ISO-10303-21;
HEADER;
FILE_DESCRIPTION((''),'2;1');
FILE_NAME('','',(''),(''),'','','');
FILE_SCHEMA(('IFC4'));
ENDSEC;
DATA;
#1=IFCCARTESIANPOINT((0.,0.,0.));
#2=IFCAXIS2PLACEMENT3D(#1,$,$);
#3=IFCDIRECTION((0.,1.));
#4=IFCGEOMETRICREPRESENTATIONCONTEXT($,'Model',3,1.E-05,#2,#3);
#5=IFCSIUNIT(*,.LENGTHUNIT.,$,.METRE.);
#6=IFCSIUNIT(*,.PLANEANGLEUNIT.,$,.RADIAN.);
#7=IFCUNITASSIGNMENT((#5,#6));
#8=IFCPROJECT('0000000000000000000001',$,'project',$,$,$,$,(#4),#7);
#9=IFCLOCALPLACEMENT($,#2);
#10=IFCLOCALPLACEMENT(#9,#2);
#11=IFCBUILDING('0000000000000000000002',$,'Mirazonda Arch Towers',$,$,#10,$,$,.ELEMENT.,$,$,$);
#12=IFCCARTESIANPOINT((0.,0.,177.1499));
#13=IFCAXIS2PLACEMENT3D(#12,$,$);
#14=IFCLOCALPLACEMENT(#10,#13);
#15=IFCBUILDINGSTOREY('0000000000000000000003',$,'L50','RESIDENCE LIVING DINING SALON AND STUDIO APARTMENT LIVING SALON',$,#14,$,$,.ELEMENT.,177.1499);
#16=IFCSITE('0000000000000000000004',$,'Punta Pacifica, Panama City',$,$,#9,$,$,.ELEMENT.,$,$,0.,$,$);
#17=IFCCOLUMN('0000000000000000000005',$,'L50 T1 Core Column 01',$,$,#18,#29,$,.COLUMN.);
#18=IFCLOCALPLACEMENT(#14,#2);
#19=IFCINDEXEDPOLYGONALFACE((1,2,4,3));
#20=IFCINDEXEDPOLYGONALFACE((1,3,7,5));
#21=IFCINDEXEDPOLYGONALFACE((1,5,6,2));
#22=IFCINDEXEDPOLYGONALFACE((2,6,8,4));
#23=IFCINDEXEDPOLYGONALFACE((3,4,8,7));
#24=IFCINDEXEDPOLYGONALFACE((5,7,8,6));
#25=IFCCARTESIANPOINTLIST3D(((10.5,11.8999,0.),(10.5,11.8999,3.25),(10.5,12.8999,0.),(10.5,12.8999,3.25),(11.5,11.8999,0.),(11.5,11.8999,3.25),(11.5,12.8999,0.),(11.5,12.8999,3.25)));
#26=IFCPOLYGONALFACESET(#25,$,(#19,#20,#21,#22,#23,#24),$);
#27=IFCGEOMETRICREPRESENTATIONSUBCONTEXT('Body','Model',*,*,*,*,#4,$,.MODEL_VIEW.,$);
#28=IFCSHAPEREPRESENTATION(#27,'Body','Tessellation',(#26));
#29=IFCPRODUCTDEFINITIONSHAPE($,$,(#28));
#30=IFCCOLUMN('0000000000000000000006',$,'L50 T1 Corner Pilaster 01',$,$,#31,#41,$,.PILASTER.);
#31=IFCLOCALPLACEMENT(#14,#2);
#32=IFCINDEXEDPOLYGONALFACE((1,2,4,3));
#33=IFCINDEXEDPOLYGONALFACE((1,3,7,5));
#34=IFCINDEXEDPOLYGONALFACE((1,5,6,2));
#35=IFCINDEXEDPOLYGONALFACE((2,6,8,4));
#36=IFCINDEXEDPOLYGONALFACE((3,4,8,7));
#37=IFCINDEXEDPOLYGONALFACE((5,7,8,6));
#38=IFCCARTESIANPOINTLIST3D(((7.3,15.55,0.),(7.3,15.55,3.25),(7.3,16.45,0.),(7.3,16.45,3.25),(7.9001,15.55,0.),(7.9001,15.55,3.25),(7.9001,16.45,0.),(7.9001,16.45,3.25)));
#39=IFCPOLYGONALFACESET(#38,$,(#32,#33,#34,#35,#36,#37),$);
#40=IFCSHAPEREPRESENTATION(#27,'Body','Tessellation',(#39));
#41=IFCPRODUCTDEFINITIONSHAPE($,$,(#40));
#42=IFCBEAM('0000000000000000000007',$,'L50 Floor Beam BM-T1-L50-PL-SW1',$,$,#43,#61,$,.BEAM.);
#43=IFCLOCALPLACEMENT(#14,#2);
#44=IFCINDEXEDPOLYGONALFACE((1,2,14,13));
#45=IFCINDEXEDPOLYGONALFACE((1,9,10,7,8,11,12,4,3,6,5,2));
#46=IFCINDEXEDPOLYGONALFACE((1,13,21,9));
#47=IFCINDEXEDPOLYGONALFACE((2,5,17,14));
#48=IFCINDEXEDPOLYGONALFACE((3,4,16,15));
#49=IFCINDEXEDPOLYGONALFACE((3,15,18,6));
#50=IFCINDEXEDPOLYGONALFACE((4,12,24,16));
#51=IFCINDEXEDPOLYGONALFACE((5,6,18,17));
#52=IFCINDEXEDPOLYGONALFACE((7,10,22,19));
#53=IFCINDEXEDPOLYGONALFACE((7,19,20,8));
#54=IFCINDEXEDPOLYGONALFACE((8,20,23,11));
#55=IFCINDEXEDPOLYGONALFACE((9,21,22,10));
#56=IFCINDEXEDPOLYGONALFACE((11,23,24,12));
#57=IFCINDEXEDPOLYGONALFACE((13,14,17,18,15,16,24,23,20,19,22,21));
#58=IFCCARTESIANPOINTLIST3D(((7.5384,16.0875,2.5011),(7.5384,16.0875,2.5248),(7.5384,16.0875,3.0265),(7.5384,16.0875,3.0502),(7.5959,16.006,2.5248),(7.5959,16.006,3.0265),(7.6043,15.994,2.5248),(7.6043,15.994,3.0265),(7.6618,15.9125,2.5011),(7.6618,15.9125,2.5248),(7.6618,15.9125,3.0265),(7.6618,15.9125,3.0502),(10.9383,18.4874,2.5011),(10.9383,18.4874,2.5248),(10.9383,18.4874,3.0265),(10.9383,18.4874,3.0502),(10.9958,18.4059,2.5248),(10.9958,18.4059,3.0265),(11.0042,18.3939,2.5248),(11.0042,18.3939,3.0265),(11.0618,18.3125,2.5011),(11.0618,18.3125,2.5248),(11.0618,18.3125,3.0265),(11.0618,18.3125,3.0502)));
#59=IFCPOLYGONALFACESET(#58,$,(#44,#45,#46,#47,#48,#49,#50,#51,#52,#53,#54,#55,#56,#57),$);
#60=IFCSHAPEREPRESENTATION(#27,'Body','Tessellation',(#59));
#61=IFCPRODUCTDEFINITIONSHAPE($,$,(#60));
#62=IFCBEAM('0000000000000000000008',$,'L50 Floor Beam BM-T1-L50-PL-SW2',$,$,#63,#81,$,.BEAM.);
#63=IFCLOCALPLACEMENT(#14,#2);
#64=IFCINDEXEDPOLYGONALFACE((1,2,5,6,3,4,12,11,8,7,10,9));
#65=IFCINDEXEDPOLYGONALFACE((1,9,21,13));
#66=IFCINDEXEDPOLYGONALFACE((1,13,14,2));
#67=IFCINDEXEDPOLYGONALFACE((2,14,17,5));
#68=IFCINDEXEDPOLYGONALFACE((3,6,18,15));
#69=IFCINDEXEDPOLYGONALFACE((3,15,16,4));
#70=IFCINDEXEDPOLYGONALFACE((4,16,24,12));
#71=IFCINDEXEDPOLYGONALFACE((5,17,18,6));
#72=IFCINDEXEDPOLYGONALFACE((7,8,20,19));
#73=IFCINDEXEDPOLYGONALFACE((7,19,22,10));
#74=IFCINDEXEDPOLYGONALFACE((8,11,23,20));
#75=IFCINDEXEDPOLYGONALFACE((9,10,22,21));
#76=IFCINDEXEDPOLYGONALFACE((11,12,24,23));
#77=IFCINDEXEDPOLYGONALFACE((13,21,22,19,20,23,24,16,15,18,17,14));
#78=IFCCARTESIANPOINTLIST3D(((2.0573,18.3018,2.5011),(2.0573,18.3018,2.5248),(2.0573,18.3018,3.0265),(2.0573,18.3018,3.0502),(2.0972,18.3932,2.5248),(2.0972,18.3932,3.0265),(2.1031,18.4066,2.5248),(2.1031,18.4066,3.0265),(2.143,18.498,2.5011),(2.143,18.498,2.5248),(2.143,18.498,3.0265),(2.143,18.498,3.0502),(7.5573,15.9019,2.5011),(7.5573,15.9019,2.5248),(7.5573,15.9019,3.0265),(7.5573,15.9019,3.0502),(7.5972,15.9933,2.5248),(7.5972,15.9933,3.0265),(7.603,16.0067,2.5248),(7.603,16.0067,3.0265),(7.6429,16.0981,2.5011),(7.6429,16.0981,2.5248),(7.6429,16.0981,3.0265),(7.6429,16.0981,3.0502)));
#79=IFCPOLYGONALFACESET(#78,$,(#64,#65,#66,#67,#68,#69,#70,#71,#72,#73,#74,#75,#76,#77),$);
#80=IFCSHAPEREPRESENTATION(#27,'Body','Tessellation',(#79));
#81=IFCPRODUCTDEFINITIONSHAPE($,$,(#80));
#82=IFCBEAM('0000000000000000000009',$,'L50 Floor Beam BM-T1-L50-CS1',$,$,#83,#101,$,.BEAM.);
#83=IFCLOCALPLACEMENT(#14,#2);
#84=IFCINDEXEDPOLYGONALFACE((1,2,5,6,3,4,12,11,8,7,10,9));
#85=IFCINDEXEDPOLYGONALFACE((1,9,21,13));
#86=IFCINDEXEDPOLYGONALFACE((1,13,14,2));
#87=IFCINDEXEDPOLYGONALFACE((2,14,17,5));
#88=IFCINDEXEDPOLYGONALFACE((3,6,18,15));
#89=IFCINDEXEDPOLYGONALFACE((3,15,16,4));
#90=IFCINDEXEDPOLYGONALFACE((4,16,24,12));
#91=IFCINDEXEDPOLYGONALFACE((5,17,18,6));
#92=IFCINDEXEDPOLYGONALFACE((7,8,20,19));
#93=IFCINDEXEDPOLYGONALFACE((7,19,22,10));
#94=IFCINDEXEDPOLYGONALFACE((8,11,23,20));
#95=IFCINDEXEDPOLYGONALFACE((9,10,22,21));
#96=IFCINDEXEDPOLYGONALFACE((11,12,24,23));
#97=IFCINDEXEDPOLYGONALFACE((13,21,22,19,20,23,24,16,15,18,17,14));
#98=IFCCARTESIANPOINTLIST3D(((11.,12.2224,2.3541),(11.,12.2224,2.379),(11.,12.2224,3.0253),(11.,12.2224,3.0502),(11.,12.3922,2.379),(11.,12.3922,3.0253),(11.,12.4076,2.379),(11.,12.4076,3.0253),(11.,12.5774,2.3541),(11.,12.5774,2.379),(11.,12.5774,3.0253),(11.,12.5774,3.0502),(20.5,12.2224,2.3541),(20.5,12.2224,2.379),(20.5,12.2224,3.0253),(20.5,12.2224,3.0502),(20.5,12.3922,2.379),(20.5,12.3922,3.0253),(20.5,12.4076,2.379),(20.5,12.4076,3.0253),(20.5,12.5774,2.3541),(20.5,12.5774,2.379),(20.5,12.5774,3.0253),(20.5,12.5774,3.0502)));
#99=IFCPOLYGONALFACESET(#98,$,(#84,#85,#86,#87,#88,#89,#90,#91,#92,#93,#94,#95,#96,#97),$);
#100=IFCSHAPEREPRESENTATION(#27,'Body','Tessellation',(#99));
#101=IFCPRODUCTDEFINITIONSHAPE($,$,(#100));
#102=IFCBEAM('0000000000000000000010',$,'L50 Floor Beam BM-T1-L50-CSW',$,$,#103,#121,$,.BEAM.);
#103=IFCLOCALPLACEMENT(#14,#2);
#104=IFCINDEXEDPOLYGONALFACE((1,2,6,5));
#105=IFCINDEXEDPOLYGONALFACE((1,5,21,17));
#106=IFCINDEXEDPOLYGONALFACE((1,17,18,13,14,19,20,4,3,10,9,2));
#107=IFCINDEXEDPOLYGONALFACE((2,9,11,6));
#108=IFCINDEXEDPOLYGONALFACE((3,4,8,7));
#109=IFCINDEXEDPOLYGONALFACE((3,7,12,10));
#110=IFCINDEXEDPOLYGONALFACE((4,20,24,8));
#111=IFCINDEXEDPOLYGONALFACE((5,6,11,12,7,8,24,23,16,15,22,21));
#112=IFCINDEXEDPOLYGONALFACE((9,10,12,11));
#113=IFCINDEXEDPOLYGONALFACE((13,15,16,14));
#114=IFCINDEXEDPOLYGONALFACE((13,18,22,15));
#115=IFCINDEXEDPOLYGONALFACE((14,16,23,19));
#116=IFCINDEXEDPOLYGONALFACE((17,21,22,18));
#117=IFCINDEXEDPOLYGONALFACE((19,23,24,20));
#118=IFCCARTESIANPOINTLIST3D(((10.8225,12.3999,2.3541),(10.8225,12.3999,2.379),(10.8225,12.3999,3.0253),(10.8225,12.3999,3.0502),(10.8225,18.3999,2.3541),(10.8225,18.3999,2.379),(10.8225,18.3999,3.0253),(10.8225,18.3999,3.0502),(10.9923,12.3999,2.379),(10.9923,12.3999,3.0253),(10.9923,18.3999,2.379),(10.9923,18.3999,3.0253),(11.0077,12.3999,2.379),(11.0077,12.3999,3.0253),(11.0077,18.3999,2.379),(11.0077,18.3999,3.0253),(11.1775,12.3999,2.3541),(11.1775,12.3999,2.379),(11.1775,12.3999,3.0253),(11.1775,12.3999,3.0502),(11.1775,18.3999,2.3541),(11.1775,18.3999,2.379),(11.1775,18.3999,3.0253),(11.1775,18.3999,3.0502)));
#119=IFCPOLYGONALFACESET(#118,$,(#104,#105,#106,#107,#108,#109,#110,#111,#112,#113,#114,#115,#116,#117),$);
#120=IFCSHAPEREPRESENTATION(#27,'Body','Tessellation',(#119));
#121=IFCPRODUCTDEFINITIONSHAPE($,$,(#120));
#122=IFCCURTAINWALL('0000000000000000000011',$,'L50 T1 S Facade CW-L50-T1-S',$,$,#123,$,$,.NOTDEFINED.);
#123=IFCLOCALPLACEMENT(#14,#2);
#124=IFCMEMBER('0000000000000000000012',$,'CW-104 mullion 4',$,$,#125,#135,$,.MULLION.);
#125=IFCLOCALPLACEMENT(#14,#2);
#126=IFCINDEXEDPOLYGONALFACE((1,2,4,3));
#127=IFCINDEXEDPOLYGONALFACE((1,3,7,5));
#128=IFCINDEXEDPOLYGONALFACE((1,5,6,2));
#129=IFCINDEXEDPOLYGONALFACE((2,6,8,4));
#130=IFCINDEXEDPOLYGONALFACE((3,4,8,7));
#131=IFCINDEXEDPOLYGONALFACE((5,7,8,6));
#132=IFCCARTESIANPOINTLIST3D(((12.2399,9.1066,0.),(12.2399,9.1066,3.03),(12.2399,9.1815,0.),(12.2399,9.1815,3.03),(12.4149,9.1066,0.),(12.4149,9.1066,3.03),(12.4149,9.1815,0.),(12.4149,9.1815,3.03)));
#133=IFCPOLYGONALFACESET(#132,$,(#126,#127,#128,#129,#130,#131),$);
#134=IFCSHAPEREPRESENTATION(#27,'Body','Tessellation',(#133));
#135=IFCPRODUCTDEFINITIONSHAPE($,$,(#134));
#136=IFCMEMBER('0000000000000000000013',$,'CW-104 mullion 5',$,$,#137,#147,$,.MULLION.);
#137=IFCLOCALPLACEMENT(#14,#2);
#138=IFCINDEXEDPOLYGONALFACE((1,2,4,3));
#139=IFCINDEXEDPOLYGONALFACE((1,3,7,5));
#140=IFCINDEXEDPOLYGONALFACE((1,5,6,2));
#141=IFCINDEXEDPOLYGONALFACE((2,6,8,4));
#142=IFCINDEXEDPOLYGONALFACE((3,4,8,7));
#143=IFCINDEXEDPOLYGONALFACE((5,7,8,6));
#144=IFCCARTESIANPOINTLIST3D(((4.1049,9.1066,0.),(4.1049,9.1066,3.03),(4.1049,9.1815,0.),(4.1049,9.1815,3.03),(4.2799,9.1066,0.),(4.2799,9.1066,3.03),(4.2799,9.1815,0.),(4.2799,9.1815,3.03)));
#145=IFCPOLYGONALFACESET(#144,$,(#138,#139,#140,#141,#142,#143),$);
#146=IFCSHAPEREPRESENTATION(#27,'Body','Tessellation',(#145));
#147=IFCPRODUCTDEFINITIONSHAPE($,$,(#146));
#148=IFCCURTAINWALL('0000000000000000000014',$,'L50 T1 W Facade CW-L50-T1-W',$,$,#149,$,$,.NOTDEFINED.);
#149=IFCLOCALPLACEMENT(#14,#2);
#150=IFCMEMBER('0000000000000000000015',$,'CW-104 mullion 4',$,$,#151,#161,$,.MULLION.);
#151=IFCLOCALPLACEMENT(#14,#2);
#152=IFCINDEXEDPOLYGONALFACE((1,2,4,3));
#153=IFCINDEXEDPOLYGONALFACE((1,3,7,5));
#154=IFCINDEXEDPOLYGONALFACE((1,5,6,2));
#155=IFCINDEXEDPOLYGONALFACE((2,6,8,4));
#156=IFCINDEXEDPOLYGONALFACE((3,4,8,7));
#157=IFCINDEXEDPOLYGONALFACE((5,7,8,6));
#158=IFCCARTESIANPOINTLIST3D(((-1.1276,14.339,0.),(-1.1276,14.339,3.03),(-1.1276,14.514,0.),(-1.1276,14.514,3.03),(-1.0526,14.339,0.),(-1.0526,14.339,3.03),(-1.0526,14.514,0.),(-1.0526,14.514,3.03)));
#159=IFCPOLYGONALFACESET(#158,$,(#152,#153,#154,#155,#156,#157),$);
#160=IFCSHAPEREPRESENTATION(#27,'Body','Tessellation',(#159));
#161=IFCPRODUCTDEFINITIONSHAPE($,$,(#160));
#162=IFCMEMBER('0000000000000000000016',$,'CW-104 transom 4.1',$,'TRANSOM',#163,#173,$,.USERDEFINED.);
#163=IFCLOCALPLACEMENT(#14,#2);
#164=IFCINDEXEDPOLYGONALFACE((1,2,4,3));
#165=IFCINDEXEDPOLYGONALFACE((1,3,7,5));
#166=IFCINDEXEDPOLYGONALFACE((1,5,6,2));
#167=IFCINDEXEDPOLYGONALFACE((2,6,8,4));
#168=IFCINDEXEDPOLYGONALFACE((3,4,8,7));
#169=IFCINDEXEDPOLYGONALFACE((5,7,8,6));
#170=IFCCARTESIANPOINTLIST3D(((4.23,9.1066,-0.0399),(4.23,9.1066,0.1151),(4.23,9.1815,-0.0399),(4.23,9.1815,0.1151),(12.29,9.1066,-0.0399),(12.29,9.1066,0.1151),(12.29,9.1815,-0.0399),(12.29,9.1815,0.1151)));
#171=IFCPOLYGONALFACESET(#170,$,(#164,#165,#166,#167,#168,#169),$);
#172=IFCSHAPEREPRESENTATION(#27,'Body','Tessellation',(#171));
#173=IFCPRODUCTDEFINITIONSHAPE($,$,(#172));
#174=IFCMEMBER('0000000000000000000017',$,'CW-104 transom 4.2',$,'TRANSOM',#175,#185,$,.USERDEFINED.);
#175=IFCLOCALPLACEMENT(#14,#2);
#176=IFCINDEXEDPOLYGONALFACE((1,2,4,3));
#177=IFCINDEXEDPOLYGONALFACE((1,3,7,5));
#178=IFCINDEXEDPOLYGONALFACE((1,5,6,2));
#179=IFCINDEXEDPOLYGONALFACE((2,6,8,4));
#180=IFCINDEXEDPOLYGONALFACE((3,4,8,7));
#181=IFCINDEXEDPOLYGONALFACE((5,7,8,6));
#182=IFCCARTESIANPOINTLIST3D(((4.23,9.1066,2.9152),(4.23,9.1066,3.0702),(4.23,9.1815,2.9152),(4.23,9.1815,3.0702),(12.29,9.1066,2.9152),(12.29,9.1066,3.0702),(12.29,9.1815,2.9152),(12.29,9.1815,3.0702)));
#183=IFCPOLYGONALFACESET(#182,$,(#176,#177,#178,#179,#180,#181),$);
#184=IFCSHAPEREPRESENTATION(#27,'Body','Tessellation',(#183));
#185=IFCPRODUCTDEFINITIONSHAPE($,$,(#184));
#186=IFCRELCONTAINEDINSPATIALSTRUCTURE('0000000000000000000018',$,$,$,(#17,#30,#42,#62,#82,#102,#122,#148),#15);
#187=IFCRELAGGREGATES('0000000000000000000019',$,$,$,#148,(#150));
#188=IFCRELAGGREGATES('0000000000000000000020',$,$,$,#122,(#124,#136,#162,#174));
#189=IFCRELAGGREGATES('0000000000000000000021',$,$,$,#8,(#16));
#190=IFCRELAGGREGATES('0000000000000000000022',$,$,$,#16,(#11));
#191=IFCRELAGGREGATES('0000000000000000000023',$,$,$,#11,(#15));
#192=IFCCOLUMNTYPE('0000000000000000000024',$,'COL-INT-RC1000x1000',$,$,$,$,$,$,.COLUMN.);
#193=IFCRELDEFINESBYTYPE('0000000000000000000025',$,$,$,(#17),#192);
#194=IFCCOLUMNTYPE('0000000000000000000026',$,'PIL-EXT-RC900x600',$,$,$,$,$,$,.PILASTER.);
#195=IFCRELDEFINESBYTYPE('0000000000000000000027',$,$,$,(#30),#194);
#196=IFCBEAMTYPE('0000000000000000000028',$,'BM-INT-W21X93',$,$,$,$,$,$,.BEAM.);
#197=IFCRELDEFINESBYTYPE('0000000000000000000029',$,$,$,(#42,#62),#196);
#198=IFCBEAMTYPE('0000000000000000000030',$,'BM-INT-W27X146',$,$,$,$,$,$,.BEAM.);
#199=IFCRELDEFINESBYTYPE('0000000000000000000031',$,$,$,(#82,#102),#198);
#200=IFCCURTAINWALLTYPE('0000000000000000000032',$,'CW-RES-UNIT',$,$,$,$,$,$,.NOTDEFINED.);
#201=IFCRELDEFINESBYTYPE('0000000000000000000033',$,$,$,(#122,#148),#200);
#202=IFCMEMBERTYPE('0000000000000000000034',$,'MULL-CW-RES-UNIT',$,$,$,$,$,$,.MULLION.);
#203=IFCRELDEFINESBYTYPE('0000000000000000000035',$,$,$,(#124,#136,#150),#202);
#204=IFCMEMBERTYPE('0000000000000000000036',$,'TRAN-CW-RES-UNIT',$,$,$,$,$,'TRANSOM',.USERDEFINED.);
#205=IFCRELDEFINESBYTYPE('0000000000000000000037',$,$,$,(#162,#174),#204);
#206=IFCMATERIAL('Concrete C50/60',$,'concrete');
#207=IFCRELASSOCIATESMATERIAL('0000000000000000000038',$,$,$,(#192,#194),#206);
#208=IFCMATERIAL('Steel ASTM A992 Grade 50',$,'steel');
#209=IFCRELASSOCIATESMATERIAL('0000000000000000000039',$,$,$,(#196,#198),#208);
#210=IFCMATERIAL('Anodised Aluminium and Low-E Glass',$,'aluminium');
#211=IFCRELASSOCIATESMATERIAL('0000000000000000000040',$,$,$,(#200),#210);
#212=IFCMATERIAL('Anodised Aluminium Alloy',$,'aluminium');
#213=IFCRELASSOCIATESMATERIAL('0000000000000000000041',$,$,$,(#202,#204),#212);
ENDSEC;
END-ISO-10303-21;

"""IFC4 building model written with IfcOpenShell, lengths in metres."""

from ifc_helpers import new_model, si_unit, direction, frame, origin, origin_2d, place, context, subcontext, project, spatial, rectangle, i_section, extrude, material, material_profile, profile_set, type_object, element, aggregate, save


model = new_model("IFC4")

# Units and contexts
model_context = context("Model", 3, precision=1e-05, world=origin(), true_north=direction((0.0, 1.0)))
body_context = subcontext(model_context, "Body", "Model", "MODEL_VIEW")
ifc_project = project(units=[si_unit("LENGTHUNIT", "METRE"), si_unit("PLANEANGLEUNIT", "RADIAN")], contexts=[model_context])

# Site, building, storey
site_placement = place(None, origin())
site = spatial("IfcSite", under=ifc_project, at=site_placement, Name="Punta Pacifica, Panama City", CompositionType="ELEMENT", RefElevation=0.0)
building_placement = place(site_placement, origin())
building = spatial("IfcBuilding", under=site, at=building_placement, Name="Mirazonda Arch Towers", CompositionType="ELEMENT")
storey_placement = place(building_placement, frame((0.0, 0.0, 177.1499)))
storey = spatial("IfcBuildingStorey", under=building, at=storey_placement, Name="L50", Description="RESIDENCE LIVING DINING SALON AND STUDIO APARTMENT LIVING SALON", CompositionType="ELEMENT", Elevation=177.1499)

# Columns
ifc_material_1 = material(Name="Concrete C50/60", Category="concrete")
ifc_material_profile_1 = material_profile(ifc_material_1, rectangle(XDim=1.0, YDim=1.0, at=origin_2d()), Name="RC1000x1000")
ifc_profile_set_1 = profile_set([ifc_material_profile_1], Name="Concrete C50/60")
column_type_1 = type_object("IfcColumnType", Name="COL-INT-RC1000x1000", PredefinedType="COLUMN", material=ifc_profile_set_1)
column_1_placement = place(storey_placement, frame((11.0, 12.3999, 0.0), z_axis=(0.0, 0.0, 1.0), x_axis=(1.0, 0.0, 0.0)))
element("IfcColumn", 1, at=column_1_placement, inside=storey, type_object=column_type_1, Name="L50 T1 Core Column 01", PredefinedType="COLUMN", context=body_context, shape_type="SweptSolid", body=[
    extrude(rectangle(XDim=1.0, YDim=1.0, at=origin_2d()), origin(), (0.0, 0.0, 1.0), 3.25),
])
ifc_material_profile_2 = material_profile(ifc_material_1, rectangle(XDim=0.6001, YDim=0.8999, at=origin_2d()), Name="RC900x600")
ifc_profile_set_2 = profile_set([ifc_material_profile_2], Name="Concrete C50/60")
column_type_2 = type_object("IfcColumnType", Name="PIL-EXT-RC900x600", PredefinedType="PILASTER", material=ifc_profile_set_2)
column_2_placement = place(storey_placement, frame((7.6001, 16.0, 0.0), z_axis=(0.0, 0.0, 1.0), x_axis=(1.0, 0.0, 0.0)))
element("IfcColumn", 2, at=column_2_placement, inside=storey, type_object=column_type_2, Name="L50 T1 Corner Pilaster 01", PredefinedType="PILASTER", context=body_context, shape_type="SweptSolid", body=[
    extrude(rectangle(XDim=0.6001, YDim=0.8999, at=origin_2d()), origin(), (0.0, 0.0, 1.0), 3.25),
])

# Beams
ifc_material_2 = material(Name="Steel ASTM A992 Grade 50", Category="steel")
ifc_material_profile_3 = material_profile(ifc_material_2, i_section(OverallWidth=0.2141, OverallDepth=0.5491, WebThickness=0.0146, FlangeThickness=0.0237, at=origin_2d()), Name="W21X93")
ifc_profile_set_3 = profile_set([ifc_material_profile_3], Name="Steel ASTM A992 Grade 50")
beam_type_1 = type_object("IfcBeamType", Name="BM-INT-W21X93", PredefinedType="BEAM", material=ifc_profile_set_3)
beam_1_placement = place(storey_placement, frame((7.6001, 16.0, 2.7756), z_axis=(0.816971, 0.576679, 0.0), x_axis=(-0.576679, 0.816971, 0.0)))
element("IfcBeam", 3, at=beam_1_placement, inside=storey, type_object=beam_type_1, Name="L50 Floor Beam BM-T1-L50-PL-SW1", PredefinedType="BEAM", context=body_context, shape_type="SweptSolid", body=[
    extrude(i_section(OverallWidth=0.2141, OverallDepth=0.5491, WebThickness=0.0146, FlangeThickness=0.0237, at=origin_2d()), origin(), (0.0, 0.0, 1.0), 4.1616),
])
beam_2_placement = place(storey_placement, frame((7.6001, 16.0, 2.7756), z_axis=(-0.916545, 0.399931, 0.0), x_axis=(-0.399931, -0.916545, 0.0)))
element("IfcBeam", 4, at=beam_2_placement, inside=storey, type_object=beam_type_1, Name="L50 Floor Beam BM-T1-L50-PL-SW2", PredefinedType="BEAM", context=body_context, shape_type="SweptSolid", body=[
    extrude(i_section(OverallWidth=0.2141, OverallDepth=0.5491, WebThickness=0.0146, FlangeThickness=0.0237, at=origin_2d()), origin(), (0.0, 0.0, 1.0), 6.0007),
])
ifc_material_profile_4 = material_profile(ifc_material_2, i_section(OverallWidth=0.355, OverallDepth=0.696, WebThickness=0.0154, FlangeThickness=0.0249, at=origin_2d()), Name="W27X146")
ifc_profile_set_4 = profile_set([ifc_material_profile_4], Name="Steel ASTM A992 Grade 50")
beam_type_2 = type_object("IfcBeamType", Name="BM-INT-W27X146", PredefinedType="BEAM", material=ifc_profile_set_4)
beam_3_placement = place(storey_placement, frame((11.0, 12.3999, 2.7021), z_axis=(1.0, 0.0, 0.0), x_axis=(0.0, 1.0, 0.0)))
element("IfcBeam", 5, at=beam_3_placement, inside=storey, type_object=beam_type_2, Name="L50 Floor Beam BM-T1-L50-CS1", PredefinedType="BEAM", context=body_context, shape_type="SweptSolid", body=[
    extrude(i_section(OverallWidth=0.355, OverallDepth=0.696, WebThickness=0.0154, FlangeThickness=0.0249, at=origin_2d()), origin(), (0.0, 0.0, 1.0), 9.5),
])
beam_4_placement = place(storey_placement, frame((11.0, 12.3999, 2.7021), z_axis=(0.0, 1.0, 0.0), x_axis=(-1.0, 0.0, 0.0)))
element("IfcBeam", 6, at=beam_4_placement, inside=storey, type_object=beam_type_2, Name="L50 Floor Beam BM-T1-L50-CSW", PredefinedType="BEAM", context=body_context, shape_type="SweptSolid", body=[
    extrude(i_section(OverallWidth=0.355, OverallDepth=0.696, WebThickness=0.0154, FlangeThickness=0.0249, at=origin_2d()), origin(), (0.0, 0.0, 1.0), 6.0),
])

# Curtain wall, members
ifc_material_3 = material(Name="Anodised Aluminium and Low-E Glass", Category="aluminium")
curtain_wall_type = type_object("IfcCurtainWallType", Name="CW-RES-UNIT", PredefinedType="NOTDEFINED", material=ifc_material_3)
curtain_wall_1_placement = place(storey_placement, origin())
curtain_wall_1 = element("IfcCurtainWall", 7, at=curtain_wall_1_placement, inside=storey, type_object=curtain_wall_type, Name="L50 T1 S Facade CW-L50-T1-S", PredefinedType="NOTDEFINED")
ifc_material_4 = material(Name="Anodised Aluminium Alloy", Category="aluminium")
ifc_material_profile_5 = material_profile(ifc_material_4, rectangle(XDim=0.075, YDim=0.175, at=origin_2d()), Name="ALU-MULL-75x175")
ifc_profile_set_5 = profile_set([ifc_material_profile_5], Name="Anodised Aluminium Alloy")
member_type_1 = type_object("IfcMemberType", Name="MULL-CW-RES-UNIT", PredefinedType="MULLION", material=ifc_profile_set_5)
member_1_placement = place(storey_placement, frame((12.3274, 9.144, 0.0), z_axis=(0.0, 0.0, 1.0), x_axis=(0.0, -1.0, 0.0)))
member_1 = element("IfcMember", 8, at=member_1_placement, type_object=member_type_1, Name="CW-104 mullion 4", PredefinedType="MULLION", context=body_context, shape_type="SweptSolid", body=[
    extrude(rectangle(XDim=0.075, YDim=0.175, at=origin_2d()), origin(), (0.0, 0.0, 1.0), 3.03),
])
member_2_placement = place(storey_placement, frame((4.1924, 9.144, 0.0), z_axis=(0.0, 0.0, 1.0), x_axis=(0.0, -1.0, 0.0)))
member_2 = element("IfcMember", 9, at=member_2_placement, type_object=member_type_1, Name="CW-104 mullion 5", PredefinedType="MULLION", context=body_context, shape_type="SweptSolid", body=[
    extrude(rectangle(XDim=0.075, YDim=0.175, at=origin_2d()), origin(), (0.0, 0.0, 1.0), 3.03),
])

# Curtain wall, member
curtain_wall_2_placement = place(storey_placement, origin())
curtain_wall_2 = element("IfcCurtainWall", 10, at=curtain_wall_2_placement, inside=storey, type_object=curtain_wall_type, Name="L50 T1 W Facade CW-L50-T1-W", PredefinedType="NOTDEFINED")
member_3_placement = place(storey_placement, frame((-1.0901, 14.4265, 0.0), z_axis=(0.0, 0.0, 1.0), x_axis=(1.0, 0.0, 0.0)))
member_3 = element("IfcMember", 11, at=member_3_placement, type_object=member_type_1, Name="CW-104 mullion 4", PredefinedType="MULLION", context=body_context, shape_type="SweptSolid", body=[
    extrude(rectangle(XDim=0.075, YDim=0.175, at=origin_2d()), origin(), (0.0, 0.0, 1.0), 3.03),
])
aggregate(curtain_wall_2, [member_3])

# Members
ifc_material_profile_6 = material_profile(ifc_material_4, rectangle(XDim=0.075, YDim=0.155, at=origin_2d()), Name="ALU-TRAN-75x155")
ifc_profile_set_6 = profile_set([ifc_material_profile_6], Name="Anodised Aluminium Alloy")
member_type_2 = type_object("IfcMemberType", Name="TRAN-CW-RES-UNIT", ElementType="TRANSOM", PredefinedType="USERDEFINED", material=ifc_profile_set_6)
member_4_placement = place(storey_placement, frame((12.29, 9.144, 0.0376), z_axis=(-1.0, 0.0, 0.0), x_axis=(0.0, -1.0, 0.0)))
member_4 = element("IfcMember", 12, at=member_4_placement, type_object=member_type_2, Name="CW-104 transom 4.1", ObjectType="TRANSOM", PredefinedType="USERDEFINED", context=body_context, shape_type="SweptSolid", body=[
    extrude(rectangle(XDim=0.075, YDim=0.155, at=origin_2d()), origin(), (0.0, 0.0, 1.0), 8.0601),
])
member_5_placement = place(storey_placement, frame((12.29, 9.144, 2.9927), z_axis=(-1.0, 0.0, 0.0), x_axis=(0.0, -1.0, 0.0)))
member_5 = element("IfcMember", 13, at=member_5_placement, type_object=member_type_2, Name="CW-104 transom 4.2", ObjectType="TRANSOM", PredefinedType="USERDEFINED", context=body_context, shape_type="SweptSolid", body=[
    extrude(rectangle(XDim=0.075, YDim=0.155, at=origin_2d()), origin(), (0.0, 0.0, 1.0), 8.0601),
])

aggregate(curtain_wall_1, [member_1, member_2, member_4, member_5])

save(model, "model.ifc")
